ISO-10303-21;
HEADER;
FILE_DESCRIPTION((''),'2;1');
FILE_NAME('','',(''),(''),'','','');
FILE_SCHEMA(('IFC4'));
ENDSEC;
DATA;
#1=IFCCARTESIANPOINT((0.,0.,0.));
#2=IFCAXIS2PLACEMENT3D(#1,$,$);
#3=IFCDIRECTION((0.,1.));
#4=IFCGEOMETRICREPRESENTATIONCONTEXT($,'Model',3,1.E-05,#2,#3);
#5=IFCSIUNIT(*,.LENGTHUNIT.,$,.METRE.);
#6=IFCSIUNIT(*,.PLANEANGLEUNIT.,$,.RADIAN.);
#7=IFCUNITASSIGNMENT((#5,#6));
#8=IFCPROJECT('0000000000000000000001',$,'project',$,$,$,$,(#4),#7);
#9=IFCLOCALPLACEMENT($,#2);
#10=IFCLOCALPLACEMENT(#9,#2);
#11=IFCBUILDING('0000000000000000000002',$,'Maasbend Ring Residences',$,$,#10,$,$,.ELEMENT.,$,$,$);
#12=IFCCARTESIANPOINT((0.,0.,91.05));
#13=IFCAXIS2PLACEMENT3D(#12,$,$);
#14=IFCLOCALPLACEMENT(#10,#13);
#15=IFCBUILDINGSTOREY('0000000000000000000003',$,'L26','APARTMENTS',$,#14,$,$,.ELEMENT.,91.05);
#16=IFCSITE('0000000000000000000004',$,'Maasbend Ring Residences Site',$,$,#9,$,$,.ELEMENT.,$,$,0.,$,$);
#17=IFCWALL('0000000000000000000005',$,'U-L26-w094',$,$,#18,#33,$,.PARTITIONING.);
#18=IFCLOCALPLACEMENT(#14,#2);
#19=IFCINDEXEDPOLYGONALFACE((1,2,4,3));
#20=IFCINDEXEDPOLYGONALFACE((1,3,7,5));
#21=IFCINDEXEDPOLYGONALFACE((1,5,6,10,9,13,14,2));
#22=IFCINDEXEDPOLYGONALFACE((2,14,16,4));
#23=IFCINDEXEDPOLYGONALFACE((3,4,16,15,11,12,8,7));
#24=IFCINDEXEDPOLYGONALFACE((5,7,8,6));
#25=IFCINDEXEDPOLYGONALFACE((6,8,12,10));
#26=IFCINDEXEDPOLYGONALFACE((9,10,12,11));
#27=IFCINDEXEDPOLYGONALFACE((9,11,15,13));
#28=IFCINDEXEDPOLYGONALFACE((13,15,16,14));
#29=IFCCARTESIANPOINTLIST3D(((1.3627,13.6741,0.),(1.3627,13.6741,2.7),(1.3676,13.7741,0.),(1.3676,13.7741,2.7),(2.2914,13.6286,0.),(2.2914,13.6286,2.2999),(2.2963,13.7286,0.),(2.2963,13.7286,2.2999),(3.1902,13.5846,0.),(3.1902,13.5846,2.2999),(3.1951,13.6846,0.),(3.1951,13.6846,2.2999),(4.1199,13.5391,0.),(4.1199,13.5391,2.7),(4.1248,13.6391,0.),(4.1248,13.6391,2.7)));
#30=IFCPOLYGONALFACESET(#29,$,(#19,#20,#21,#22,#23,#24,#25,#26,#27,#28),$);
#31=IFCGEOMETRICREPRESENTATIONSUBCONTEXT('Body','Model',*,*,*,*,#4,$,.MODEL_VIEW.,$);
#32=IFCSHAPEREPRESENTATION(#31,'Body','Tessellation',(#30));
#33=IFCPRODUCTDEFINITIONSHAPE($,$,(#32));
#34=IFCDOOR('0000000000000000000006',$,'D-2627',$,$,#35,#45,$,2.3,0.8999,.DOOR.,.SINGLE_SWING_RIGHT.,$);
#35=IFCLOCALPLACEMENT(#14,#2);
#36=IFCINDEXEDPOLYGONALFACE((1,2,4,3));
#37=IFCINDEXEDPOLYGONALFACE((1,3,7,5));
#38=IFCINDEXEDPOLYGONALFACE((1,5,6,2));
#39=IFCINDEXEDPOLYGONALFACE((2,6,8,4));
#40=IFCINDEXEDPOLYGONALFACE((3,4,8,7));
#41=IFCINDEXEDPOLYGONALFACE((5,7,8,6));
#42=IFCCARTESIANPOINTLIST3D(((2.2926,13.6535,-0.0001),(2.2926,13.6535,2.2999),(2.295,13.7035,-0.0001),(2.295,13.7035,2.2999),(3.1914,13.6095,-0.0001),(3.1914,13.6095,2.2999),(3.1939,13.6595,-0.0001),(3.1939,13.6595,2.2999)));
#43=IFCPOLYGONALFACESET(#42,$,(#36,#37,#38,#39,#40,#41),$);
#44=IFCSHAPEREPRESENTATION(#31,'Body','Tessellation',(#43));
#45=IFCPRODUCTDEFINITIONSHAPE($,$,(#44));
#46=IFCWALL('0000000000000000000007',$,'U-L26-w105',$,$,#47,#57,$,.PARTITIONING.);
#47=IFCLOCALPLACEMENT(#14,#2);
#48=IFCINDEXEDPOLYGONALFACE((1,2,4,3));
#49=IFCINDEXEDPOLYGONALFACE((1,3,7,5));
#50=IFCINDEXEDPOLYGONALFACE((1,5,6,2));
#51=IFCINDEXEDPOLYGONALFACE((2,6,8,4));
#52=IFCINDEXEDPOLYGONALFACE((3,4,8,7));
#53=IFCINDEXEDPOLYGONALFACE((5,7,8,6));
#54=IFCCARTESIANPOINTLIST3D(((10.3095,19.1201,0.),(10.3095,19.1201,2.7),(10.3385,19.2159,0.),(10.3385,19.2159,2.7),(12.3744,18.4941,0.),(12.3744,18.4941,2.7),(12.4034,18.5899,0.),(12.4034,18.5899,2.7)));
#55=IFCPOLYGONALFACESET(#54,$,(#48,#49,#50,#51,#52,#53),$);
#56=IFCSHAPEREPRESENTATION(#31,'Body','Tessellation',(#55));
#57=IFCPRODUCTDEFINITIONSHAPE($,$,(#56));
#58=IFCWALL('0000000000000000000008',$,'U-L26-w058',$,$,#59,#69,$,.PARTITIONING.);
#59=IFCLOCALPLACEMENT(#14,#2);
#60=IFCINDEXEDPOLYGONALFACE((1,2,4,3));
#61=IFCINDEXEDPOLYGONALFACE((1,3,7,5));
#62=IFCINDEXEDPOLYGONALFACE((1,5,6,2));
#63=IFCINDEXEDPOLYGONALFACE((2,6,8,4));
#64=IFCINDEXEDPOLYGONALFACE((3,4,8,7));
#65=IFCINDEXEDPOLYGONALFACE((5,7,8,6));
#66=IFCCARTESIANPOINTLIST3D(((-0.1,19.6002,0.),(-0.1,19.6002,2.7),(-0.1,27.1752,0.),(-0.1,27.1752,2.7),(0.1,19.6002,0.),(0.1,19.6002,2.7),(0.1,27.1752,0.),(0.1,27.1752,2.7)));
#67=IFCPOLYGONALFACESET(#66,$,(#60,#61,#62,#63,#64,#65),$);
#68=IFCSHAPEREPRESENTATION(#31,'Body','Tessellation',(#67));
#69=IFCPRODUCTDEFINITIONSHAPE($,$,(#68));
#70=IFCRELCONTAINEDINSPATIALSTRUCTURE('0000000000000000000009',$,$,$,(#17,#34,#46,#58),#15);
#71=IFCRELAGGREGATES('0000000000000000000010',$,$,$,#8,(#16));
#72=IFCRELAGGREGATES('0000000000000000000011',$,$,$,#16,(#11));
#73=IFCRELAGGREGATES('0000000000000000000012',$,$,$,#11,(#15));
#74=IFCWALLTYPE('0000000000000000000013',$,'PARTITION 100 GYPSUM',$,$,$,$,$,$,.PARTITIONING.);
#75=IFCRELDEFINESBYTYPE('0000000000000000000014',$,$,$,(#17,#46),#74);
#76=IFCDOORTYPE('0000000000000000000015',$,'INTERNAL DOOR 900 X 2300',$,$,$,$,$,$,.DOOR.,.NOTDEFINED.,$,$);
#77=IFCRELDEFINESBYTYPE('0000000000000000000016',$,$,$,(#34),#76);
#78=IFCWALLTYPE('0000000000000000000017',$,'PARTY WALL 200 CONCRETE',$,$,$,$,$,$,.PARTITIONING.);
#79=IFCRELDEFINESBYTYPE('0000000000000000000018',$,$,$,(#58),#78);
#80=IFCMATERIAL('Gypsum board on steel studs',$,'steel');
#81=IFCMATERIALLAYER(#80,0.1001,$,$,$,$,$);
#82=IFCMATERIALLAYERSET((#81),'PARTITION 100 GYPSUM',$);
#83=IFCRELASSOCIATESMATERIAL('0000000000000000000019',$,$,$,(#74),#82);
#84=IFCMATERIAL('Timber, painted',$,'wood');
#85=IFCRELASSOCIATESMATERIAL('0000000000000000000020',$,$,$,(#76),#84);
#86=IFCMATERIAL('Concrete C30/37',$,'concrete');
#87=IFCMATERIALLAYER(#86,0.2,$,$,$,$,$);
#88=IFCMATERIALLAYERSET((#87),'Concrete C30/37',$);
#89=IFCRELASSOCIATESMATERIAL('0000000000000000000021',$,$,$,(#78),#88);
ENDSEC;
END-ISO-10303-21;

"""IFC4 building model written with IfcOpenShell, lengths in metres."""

from ifc_helpers import new_model, si_unit, direction, frame, frame_2d, origin, place, context, subcontext, project, spatial, rectangle, extrude, material, layer, layer_set, type_object, element, fill, save


model = new_model("IFC4")

# Units and contexts
model_context = context("Model", 3, precision=1e-05, world=origin(), true_north=direction((0.0, 1.0)))
body_context = subcontext(model_context, "Body", "Model", "MODEL_VIEW")
ifc_project = project(units=[si_unit("LENGTHUNIT", "METRE"), si_unit("PLANEANGLEUNIT", "RADIAN")], contexts=[model_context])

# Site, building, storey
site_placement = place(None, origin())
site = spatial("IfcSite", under=ifc_project, at=site_placement, Name="Maasbend Ring Residences Site", CompositionType="ELEMENT", RefElevation=0.0)
building_placement = place(site_placement, origin())
building = spatial("IfcBuilding", under=site, at=building_placement, Name="Maasbend Ring Residences", CompositionType="ELEMENT")
storey_placement = place(building_placement, frame((0.0, 0.0, 91.05)))
storey = spatial("IfcBuildingStorey", under=building, at=storey_placement, Name="L26", Description="APARTMENTS", CompositionType="ELEMENT", Elevation=91.05)

# Shared definitions
ifc_material_1 = material(Name="Gypsum board on steel studs", Category="steel")
ifc_layer_1 = layer(ifc_material_1, 0.1001)
ifc_layer_set_1 = layer_set([ifc_layer_1], Name="PARTITION 100 GYPSUM")
wall_type_1 = type_object("IfcWallType", Name="PARTITION 100 GYPSUM", PredefinedType="PARTITIONING", material=ifc_layer_set_1)

# Shared definitions
ifc_material_2 = material(Name="Timber, painted", Category="wood")
door_type_1 = type_object("IfcDoorType", Name="INTERNAL DOOR 900 X 2300", OperationType="NOTDEFINED", PredefinedType="DOOR", material=ifc_material_2)

# Wall, opening, door
wall_1_placement = place(storey_placement, frame((1.365, 13.7241, 0.0), z_axis=(0.0, 0.0, 1.0), x_axis=(0.998803, -0.04891, 0.0)))
wall_1 = element("IfcWall", 1, at=wall_1_placement, inside=storey, type_object=wall_type_1, Name="U-L26-w094", PredefinedType="PARTITIONING", context=body_context, shape_type="SweptSolid", body=[
    extrude(rectangle(XDim=2.7605, YDim=0.1001, at=frame_2d((1.3804, 0.0))), origin(), (0.0, 0.0, 1.0), 2.7),
])
opening_1_placement = place(wall_1_placement, frame((0.9299, 0.0, 0.0)))
opening_1 = element("IfcOpeningElement", 2, at=opening_1_placement, cuts=wall_1, PredefinedType="OPENING", context=body_context, shape_type="SweptSolid", body=[
    extrude(rectangle(XDim=0.8999, YDim=2.3, at=frame_2d((0.45, 1.1499))), frame((0.0, 0.0601, 0.0), z_axis=(0.0, -1.0, 0.0), x_axis=(1.0, 0.0, 0.0)), (0.0, 0.0, 1.0), 0.1201),
])
door_1_placement = place(opening_1_placement, origin())
door_1 = element("IfcDoor", 3, at=door_1_placement, inside=storey, type_object=door_type_1, Name="D-2627", OperationType="SINGLE_SWING_RIGHT", OverallHeight=2.3, OverallWidth=0.8999, PredefinedType="DOOR", context=body_context, shape_type="SweptSolid", body=[
    extrude(rectangle(XDim=0.8999, YDim=2.3, at=frame_2d((0.45, 1.1499))), frame((0.0, 0.0249, 0.0), z_axis=(0.0, -1.0, 0.0), x_axis=(1.0, 0.0, 0.0)), (0.0, 0.0, 1.0), 0.05),
])
fill(opening_1, door_1)

# Walls
wall_2_placement = place(storey_placement, frame((10.324, 19.168, 0.0), z_axis=(0.0, 0.0, 1.0), x_axis=(0.956994, -0.290108, 0.0)))
element("IfcWall", 4, at=wall_2_placement, inside=storey, type_object=wall_type_1, Name="U-L26-w105", PredefinedType="PARTITIONING", context=body_context, shape_type="SweptSolid", body=[
    extrude(rectangle(XDim=2.1577, YDim=0.1001, at=frame_2d((1.0789, 0.0))), origin(), (0.0, 0.0, 1.0), 2.7),
])
ifc_material_3 = material(Name="Concrete C30/37", Category="concrete")
ifc_layer_2 = layer(ifc_material_3, 0.2)
ifc_layer_set_2 = layer_set([ifc_layer_2], Name="Concrete C30/37")
wall_type_2 = type_object("IfcWallType", Name="PARTY WALL 200 CONCRETE", PredefinedType="PARTITIONING", material=ifc_layer_set_2)
wall_3_placement = place(storey_placement, frame((0.0, 19.6001, 0.0), z_axis=(0.0, 0.0, 1.0), x_axis=(0.0, 1.0, 0.0)))
element("IfcWall", 5, at=wall_3_placement, inside=storey, type_object=wall_type_2, Name="U-L26-w058", PredefinedType="PARTITIONING", context=body_context, shape_type="SweptSolid", body=[
    extrude(rectangle(XDim=7.575, YDim=0.2, at=frame_2d((3.7876, 0.0))), origin(), (0.0, 0.0, 1.0), 2.7),
])

save(model, "model.ifc")
